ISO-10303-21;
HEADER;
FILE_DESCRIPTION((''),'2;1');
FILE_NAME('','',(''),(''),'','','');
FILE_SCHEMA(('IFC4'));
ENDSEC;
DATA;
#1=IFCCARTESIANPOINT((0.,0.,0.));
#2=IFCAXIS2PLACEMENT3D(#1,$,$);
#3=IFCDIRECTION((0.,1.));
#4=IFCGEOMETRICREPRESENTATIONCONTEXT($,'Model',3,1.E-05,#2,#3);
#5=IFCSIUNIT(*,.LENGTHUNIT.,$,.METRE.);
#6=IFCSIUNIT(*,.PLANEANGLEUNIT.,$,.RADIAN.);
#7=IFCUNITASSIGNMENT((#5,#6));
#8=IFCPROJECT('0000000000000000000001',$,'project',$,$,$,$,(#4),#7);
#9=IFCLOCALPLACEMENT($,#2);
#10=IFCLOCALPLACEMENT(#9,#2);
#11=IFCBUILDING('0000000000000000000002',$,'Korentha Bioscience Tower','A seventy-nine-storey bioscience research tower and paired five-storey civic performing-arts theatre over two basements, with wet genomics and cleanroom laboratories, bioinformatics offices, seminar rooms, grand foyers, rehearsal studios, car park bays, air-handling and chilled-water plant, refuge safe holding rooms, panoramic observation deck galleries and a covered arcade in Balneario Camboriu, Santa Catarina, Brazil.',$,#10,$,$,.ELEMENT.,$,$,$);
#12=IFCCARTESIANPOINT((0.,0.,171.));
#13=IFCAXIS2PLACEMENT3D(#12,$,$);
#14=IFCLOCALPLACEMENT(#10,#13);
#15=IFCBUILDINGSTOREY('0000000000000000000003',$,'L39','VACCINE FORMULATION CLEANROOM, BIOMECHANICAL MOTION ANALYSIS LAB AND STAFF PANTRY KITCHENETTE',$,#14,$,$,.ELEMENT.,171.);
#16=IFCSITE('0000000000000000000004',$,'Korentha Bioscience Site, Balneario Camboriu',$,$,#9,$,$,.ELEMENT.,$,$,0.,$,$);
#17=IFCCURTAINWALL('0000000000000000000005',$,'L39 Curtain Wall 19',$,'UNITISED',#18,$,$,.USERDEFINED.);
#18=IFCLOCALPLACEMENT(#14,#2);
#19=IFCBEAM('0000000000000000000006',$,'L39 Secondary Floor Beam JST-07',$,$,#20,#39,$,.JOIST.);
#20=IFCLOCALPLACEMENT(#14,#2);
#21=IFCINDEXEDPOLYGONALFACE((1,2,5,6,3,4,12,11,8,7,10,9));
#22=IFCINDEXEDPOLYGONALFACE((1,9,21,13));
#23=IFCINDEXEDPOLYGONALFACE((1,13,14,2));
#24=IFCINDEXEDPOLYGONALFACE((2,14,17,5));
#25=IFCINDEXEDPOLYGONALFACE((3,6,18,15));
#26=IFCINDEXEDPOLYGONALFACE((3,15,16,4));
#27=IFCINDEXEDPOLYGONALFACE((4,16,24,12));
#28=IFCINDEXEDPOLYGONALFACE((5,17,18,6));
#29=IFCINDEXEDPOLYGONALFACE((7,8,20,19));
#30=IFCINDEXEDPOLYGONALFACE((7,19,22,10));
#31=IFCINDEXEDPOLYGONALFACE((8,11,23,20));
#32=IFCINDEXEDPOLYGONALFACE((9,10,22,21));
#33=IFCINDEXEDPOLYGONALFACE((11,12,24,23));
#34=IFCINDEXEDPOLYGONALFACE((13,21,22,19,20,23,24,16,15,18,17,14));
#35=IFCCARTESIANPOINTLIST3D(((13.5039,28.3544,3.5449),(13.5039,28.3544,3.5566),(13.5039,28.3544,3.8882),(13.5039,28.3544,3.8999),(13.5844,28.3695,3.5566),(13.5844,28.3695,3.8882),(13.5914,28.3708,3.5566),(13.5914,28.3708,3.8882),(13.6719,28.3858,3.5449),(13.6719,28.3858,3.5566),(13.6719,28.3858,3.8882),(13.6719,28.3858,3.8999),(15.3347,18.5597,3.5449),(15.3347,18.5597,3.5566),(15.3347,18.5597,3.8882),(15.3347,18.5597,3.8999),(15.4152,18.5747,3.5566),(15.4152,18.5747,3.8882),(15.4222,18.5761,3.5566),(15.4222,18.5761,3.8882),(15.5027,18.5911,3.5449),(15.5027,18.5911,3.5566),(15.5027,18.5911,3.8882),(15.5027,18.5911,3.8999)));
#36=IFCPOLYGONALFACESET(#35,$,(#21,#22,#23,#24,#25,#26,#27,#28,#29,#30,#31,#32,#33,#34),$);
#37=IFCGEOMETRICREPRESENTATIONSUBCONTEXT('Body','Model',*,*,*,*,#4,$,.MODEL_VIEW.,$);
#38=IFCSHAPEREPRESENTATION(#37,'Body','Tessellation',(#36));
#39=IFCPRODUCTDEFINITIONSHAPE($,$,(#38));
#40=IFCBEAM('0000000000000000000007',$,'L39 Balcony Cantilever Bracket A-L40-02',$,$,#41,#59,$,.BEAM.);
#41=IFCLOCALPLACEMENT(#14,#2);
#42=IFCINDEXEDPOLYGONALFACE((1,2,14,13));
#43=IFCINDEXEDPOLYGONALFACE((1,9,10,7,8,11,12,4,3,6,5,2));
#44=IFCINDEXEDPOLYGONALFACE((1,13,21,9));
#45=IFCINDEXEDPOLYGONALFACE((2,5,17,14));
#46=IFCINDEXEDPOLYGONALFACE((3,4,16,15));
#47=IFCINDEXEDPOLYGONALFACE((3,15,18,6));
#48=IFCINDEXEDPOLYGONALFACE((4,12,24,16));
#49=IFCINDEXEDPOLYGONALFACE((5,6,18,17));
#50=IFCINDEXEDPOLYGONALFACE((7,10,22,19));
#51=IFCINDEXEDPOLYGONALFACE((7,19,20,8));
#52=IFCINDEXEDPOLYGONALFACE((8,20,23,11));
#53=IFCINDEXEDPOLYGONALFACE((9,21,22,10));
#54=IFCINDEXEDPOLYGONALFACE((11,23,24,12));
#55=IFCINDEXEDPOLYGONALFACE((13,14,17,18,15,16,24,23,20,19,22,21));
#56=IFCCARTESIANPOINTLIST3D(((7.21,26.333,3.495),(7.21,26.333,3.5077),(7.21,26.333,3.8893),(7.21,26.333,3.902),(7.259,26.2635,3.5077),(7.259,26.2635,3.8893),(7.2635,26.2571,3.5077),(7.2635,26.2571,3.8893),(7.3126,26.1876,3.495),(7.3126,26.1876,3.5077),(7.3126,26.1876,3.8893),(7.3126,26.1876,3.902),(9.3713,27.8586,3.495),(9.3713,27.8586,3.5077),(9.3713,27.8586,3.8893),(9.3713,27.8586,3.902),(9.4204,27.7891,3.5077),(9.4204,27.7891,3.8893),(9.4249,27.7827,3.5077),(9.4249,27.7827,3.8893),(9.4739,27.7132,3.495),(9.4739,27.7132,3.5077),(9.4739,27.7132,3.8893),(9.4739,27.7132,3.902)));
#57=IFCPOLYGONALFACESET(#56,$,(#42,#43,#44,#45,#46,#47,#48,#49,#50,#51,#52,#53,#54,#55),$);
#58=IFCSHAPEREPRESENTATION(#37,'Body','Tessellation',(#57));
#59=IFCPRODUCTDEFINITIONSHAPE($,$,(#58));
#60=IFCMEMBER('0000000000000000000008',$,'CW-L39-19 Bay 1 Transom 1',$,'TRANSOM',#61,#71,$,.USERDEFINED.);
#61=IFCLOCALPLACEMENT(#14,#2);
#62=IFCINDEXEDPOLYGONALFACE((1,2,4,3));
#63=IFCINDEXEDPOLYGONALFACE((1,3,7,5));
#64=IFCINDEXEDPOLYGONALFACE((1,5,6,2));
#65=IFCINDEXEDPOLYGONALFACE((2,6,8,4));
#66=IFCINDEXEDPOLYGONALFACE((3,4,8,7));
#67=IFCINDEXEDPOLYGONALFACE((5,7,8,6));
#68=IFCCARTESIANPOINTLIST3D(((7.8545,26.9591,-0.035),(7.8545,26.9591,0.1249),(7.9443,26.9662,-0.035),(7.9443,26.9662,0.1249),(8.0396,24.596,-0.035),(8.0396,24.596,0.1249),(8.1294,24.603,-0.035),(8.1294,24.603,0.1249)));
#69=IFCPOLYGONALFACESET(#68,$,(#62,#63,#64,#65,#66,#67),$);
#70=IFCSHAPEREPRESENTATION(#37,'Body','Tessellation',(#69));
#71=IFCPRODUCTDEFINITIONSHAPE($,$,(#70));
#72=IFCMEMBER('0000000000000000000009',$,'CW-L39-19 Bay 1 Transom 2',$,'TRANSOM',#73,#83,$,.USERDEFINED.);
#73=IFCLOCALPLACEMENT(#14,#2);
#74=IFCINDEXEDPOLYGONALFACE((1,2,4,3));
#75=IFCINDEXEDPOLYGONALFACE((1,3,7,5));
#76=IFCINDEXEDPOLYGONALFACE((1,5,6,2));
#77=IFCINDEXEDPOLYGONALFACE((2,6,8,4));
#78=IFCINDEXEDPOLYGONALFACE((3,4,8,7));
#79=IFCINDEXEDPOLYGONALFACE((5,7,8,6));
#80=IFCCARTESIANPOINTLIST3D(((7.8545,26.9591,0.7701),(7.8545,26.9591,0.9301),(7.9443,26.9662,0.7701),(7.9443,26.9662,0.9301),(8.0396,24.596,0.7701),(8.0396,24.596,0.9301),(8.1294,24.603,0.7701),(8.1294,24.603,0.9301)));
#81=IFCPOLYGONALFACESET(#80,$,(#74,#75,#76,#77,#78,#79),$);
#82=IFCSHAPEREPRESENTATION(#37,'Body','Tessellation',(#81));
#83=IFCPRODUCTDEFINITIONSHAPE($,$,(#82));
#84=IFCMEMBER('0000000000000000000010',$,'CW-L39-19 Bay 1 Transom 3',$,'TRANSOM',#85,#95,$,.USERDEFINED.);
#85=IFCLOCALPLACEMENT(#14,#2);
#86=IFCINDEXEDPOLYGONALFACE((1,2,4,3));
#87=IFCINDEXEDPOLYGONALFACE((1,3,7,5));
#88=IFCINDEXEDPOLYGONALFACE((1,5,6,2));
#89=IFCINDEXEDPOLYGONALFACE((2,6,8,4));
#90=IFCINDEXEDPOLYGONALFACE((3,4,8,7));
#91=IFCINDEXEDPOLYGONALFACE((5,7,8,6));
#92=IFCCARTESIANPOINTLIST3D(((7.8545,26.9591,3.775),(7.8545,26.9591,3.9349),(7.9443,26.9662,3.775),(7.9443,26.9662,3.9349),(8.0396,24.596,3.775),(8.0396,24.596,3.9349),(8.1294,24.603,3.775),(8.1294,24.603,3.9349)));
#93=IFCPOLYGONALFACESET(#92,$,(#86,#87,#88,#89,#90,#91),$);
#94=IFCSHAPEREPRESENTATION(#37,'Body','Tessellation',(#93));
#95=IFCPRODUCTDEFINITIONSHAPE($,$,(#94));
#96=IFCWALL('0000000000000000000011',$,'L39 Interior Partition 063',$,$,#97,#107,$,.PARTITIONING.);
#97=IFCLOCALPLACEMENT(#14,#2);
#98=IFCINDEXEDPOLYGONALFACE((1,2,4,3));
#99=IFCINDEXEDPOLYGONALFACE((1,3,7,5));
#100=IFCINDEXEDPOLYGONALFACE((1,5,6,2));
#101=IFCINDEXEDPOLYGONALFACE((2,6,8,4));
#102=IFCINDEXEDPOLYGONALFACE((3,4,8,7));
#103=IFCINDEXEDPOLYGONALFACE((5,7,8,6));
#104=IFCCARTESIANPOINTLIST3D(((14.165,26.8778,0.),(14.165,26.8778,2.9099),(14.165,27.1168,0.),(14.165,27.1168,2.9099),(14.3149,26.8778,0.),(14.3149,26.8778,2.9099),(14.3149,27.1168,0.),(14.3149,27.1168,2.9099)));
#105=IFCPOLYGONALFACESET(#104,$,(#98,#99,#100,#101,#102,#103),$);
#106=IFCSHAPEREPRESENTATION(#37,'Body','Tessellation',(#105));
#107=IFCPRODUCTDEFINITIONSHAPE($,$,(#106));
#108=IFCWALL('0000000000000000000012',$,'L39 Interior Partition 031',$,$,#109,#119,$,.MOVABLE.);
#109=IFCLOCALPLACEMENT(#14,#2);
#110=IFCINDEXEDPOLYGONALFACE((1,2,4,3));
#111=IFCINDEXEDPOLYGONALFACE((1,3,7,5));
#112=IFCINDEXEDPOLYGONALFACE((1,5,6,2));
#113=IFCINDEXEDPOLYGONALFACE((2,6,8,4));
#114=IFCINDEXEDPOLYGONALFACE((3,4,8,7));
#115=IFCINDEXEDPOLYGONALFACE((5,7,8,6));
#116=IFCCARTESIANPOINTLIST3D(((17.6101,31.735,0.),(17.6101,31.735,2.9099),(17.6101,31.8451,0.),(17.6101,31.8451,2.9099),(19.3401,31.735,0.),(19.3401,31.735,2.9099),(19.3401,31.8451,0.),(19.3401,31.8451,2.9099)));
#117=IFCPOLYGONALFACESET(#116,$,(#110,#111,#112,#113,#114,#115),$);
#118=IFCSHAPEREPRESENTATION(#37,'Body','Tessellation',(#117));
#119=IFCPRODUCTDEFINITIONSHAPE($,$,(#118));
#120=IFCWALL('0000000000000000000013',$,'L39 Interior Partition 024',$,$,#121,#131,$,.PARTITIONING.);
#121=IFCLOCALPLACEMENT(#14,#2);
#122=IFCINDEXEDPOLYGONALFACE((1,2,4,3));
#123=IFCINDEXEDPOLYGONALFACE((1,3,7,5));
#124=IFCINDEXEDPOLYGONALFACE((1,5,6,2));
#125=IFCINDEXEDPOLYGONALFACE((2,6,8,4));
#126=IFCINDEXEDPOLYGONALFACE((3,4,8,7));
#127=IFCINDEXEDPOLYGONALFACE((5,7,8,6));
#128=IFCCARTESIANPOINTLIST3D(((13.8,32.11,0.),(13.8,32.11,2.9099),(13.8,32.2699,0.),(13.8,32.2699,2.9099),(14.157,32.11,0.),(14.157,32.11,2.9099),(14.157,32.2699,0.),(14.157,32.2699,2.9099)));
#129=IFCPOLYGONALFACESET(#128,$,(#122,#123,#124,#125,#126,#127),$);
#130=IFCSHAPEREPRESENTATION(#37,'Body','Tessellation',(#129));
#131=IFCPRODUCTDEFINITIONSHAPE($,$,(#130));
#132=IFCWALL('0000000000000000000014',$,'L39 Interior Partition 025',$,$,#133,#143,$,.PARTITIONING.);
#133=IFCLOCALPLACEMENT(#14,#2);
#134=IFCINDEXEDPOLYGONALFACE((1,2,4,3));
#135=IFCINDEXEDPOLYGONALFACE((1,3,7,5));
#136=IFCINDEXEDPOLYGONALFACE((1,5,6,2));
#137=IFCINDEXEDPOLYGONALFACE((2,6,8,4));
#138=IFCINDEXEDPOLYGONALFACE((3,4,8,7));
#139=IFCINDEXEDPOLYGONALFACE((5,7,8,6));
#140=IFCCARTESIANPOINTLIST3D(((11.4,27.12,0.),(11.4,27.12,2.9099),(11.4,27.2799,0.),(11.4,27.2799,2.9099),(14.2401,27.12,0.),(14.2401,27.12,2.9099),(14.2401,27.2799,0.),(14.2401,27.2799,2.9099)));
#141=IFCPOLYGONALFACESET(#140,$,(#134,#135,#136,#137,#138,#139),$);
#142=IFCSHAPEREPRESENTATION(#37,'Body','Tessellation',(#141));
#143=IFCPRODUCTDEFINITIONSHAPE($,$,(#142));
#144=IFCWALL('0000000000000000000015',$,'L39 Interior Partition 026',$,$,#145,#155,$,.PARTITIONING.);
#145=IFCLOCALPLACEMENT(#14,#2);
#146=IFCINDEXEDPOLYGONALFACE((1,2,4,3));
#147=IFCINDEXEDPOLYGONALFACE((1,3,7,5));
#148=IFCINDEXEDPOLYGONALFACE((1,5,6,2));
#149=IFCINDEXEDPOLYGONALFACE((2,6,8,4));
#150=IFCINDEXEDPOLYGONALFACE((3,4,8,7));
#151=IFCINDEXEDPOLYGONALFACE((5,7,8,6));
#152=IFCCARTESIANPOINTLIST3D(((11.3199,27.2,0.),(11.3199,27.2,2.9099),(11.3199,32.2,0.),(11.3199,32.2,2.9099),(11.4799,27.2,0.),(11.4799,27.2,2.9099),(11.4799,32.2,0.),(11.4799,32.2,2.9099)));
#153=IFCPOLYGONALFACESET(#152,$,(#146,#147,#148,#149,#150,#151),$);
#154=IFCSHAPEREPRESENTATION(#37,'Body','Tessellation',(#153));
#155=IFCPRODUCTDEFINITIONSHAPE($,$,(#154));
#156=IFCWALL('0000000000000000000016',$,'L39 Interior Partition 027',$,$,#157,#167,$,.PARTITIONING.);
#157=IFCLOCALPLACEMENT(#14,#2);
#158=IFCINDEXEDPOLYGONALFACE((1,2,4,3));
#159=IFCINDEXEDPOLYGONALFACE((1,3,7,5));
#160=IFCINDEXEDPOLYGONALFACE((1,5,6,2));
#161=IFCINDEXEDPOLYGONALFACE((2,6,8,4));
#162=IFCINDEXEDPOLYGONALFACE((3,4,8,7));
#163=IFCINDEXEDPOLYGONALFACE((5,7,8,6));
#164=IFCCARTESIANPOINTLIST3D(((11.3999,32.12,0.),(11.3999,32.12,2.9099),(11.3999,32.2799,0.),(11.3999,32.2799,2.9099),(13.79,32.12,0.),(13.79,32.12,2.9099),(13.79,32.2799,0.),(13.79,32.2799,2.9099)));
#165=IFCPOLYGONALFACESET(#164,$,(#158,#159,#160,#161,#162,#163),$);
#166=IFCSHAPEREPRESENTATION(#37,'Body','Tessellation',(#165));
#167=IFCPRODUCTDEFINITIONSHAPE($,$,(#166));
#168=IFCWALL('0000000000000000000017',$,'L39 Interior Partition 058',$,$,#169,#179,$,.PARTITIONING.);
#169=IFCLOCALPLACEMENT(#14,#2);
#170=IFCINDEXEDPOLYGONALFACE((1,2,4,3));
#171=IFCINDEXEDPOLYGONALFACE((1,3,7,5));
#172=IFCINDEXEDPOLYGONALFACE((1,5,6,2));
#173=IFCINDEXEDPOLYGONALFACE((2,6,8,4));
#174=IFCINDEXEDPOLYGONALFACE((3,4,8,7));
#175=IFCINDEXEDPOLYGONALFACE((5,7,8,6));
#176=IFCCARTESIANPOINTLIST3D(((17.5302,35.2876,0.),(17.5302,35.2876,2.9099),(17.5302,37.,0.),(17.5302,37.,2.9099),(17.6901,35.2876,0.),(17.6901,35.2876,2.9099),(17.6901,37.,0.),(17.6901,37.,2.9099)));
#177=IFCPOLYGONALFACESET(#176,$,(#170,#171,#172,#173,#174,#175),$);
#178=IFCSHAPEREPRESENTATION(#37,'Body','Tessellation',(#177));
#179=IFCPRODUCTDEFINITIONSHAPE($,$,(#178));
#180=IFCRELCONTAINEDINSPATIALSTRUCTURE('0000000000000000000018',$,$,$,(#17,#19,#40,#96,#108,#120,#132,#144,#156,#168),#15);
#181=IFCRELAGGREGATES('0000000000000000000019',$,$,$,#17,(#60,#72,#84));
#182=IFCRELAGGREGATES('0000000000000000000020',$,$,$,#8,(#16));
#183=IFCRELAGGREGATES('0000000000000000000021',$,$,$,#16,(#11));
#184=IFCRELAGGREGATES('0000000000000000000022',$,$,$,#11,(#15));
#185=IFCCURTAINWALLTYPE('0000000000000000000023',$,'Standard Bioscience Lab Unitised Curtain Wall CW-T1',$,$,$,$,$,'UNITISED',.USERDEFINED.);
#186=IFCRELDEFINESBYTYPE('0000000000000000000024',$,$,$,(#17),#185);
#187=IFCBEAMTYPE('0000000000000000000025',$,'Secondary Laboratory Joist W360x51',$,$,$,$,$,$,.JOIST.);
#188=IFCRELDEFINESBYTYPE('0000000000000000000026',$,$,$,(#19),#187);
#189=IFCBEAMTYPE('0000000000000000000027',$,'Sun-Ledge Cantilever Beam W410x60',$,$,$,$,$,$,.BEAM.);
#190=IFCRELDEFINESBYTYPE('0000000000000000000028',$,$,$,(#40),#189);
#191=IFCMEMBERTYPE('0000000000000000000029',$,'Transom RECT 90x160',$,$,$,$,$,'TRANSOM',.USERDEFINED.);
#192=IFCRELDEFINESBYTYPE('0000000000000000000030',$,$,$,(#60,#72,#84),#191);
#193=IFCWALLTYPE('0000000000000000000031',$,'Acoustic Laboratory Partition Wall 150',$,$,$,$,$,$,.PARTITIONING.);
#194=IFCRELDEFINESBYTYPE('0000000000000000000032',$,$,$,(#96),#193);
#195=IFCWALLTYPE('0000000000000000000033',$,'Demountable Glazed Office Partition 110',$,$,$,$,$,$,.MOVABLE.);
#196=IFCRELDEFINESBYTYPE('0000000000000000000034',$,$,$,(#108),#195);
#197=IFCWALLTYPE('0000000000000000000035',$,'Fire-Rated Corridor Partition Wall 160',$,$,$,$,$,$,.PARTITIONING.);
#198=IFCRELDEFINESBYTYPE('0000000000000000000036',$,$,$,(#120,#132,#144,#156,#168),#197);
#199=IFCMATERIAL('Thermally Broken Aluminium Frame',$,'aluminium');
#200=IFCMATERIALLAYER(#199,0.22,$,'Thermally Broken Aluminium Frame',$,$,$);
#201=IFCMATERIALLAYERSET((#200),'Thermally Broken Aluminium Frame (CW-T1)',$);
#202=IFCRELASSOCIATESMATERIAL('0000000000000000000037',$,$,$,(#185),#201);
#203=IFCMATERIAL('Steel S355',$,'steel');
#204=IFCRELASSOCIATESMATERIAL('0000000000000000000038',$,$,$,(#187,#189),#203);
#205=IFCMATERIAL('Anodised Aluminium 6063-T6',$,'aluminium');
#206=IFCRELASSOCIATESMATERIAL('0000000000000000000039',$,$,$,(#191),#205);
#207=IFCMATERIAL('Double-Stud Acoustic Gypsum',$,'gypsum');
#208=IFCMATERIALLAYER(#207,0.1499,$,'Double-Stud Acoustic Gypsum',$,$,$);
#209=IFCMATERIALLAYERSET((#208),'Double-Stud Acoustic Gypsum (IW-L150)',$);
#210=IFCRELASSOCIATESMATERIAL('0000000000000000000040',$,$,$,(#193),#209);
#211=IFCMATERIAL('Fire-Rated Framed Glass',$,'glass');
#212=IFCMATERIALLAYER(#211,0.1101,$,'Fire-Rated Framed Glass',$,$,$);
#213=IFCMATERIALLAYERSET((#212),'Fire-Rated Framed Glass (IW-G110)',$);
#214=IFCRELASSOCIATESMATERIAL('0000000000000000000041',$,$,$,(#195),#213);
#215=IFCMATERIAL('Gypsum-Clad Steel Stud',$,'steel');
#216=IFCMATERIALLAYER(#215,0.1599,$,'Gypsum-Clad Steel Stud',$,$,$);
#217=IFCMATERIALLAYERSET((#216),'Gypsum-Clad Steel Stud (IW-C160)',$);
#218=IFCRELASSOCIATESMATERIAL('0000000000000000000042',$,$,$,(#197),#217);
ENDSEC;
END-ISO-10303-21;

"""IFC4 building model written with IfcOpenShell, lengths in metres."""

from ifc_helpers import new_model, si_unit, direction, frame, frame_2d, origin, origin_2d, place, context, subcontext, project, spatial, rectangle, i_section, extrude, material, layer, layer_set, material_profile, profile_set, type_object, element, aggregate, save


model = new_model("IFC4")

# Units and contexts
model_context = context("Model", 3, precision=1e-05, world=origin(), true_north=direction((0.0, 1.0)))
body_context = subcontext(model_context, "Body", "Model", "MODEL_VIEW")
ifc_project = project(units=[si_unit("LENGTHUNIT", "METRE"), si_unit("PLANEANGLEUNIT", "RADIAN")], contexts=[model_context])

# Site, building, storey
site_placement = place(None, origin())
site = spatial("IfcSite", under=ifc_project, at=site_placement, Name="Korentha Bioscience Site, Balneario Camboriu", CompositionType="ELEMENT", RefElevation=0.0)
building_placement = place(site_placement, origin())
building = spatial("IfcBuilding", under=site, at=building_placement, Name="Korentha Bioscience Tower", Description="A seventy-nine-storey bioscience research tower and paired five-storey civic performing-arts theatre over two basements, with wet genomics and cleanroom laboratories, bioinformatics offices, seminar rooms, grand foyers, rehearsal studios, car park bays, air-handling and chilled-water plant, refuge safe holding rooms, panoramic observation deck galleries and a covered arcade in Balneario Camboriu, Santa Catarina, Brazil.", CompositionType="ELEMENT")
storey_placement = place(building_placement, frame((0.0, 0.0, 171.0)))
storey = spatial("IfcBuildingStorey", under=building, at=storey_placement, Name="L39", Description="VACCINE FORMULATION CLEANROOM, BIOMECHANICAL MOTION ANALYSIS LAB AND STAFF PANTRY KITCHENETTE", CompositionType="ELEMENT", Elevation=171.0)

# Curtain wall
ifc_material_1 = material(Name="Thermally Broken Aluminium Frame", Category="aluminium")
ifc_layer_1 = layer(ifc_material_1, 0.22, Name="Thermally Broken Aluminium Frame")
ifc_layer_set_1 = layer_set([ifc_layer_1], Name="Thermally Broken Aluminium Frame (CW-T1)")
curtain_wall_type = type_object("IfcCurtainWallType", Name="Standard Bioscience Lab Unitised Curtain Wall CW-T1", ElementType="UNITISED", PredefinedType="USERDEFINED", material=ifc_layer_set_1)
curtain_wall_placement = place(storey_placement, origin())
curtain_wall = element("IfcCurtainWall", 1, at=curtain_wall_placement, inside=storey, type_object=curtain_wall_type, Name="L39 Curtain Wall 19", ObjectType="UNITISED", PredefinedType="USERDEFINED")
ifc_material_2 = material(Name="Anodised Aluminium 6063-T6", Category="aluminium")

# Beams
ifc_material_3 = material(Name="Steel S355", Category="steel")
ifc_material_profile_1 = material_profile(ifc_material_3, i_section(OverallWidth=0.1709, OverallDepth=0.355, WebThickness=0.0071, FlangeThickness=0.0117, at=origin_2d()), Name="Steel S355")
ifc_profile_set_1 = profile_set([ifc_material_profile_1], Name="Steel S355 (JB-360)")
beam_type_1 = type_object("IfcBeamType", Name="Secondary Laboratory Joist W360x51", PredefinedType="JOIST", material=ifc_profile_set_1)
beam_1_placement = place(storey_placement, frame((13.5879, 28.3701, 3.7224), z_axis=(0.183737, -0.982975, 0.0), x_axis=(0.982975, 0.183737, 0.0)))
element("IfcBeam", 2, at=beam_1_placement, inside=storey, type_object=beam_type_1, Name="L39 Secondary Floor Beam JST-07", PredefinedType="JOIST", context=body_context, shape_type="SweptSolid", body=[
    extrude(i_section(OverallWidth=0.1709, OverallDepth=0.355, WebThickness=0.0071, FlangeThickness=0.0117, at=origin_2d()), origin(), (0.0, 0.0, 1.0), 9.9644),
])
ifc_material_profile_2 = material_profile(ifc_material_3, i_section(OverallWidth=0.178, OverallDepth=0.407, WebThickness=0.0078, FlangeThickness=0.0127, at=origin_2d()), Name="Steel S355")
ifc_profile_set_2 = profile_set([ifc_material_profile_2], Name="Steel S355 (CB-410)")
beam_type_2 = type_object("IfcBeamType", Name="Sun-Ledge Cantilever Beam W410x60", PredefinedType="BEAM", material=ifc_profile_set_2)
beam_2_placement = place(storey_placement, frame((9.4226, 27.7859, 3.6985), z_axis=(-0.816976, -0.576672, 0.0), x_axis=(0.576672, -0.816976, 0.0)))
element("IfcBeam", 3, at=beam_2_placement, inside=storey, type_object=beam_type_2, Name="L39 Balcony Cantilever Bracket A-L40-02", PredefinedType="BEAM", context=body_context, shape_type="SweptSolid", body=[
    extrude(i_section(OverallWidth=0.178, OverallDepth=0.407, WebThickness=0.0078, FlangeThickness=0.0127, at=origin_2d()), origin(), (0.0, 0.0, 1.0), 2.6455),
])

# Members
ifc_material_profile_3 = material_profile(ifc_material_2, rectangle(XDim=0.0901, YDim=0.1599, at=origin_2d()), Name="Anodised Aluminium 6063-T6")
ifc_profile_set_3 = profile_set([ifc_material_profile_3], Name="Anodised Aluminium 6063-T6 (CW-TRN)")
member_type_1 = type_object("IfcMemberType", Name="Transom RECT 90x160", ElementType="TRANSOM", PredefinedType="USERDEFINED", material=ifc_profile_set_3)
member_1_placement = place(storey_placement, frame((7.8994, 26.9626, 0.0449), z_axis=(0.078075, -0.996948, 0.0), x_axis=(0.996948, 0.078075, 0.0)))
member_1 = element("IfcMember", 4, at=member_1_placement, type_object=member_type_1, Name="CW-L39-19 Bay 1 Transom 1", ObjectType="TRANSOM", PredefinedType="USERDEFINED", context=body_context, shape_type="SweptSolid", body=[
    extrude(rectangle(XDim=0.0901, YDim=0.1599, at=origin_2d()), origin(), (0.0, 0.0, 1.0), 2.3704),
])
member_2_placement = place(storey_placement, frame((7.8994, 26.9626, 0.8501), z_axis=(0.078075, -0.996948, 0.0), x_axis=(0.996948, 0.078075, 0.0)))
member_2 = element("IfcMember", 5, at=member_2_placement, type_object=member_type_1, Name="CW-L39-19 Bay 1 Transom 2", ObjectType="TRANSOM", PredefinedType="USERDEFINED", context=body_context, shape_type="SweptSolid", body=[
    extrude(rectangle(XDim=0.0901, YDim=0.1599, at=origin_2d()), origin(), (0.0, 0.0, 1.0), 2.3704),
])
member_3_placement = place(storey_placement, frame((7.8994, 26.9626, 3.855), z_axis=(0.078075, -0.996948, 0.0), x_axis=(0.996948, 0.078075, 0.0)))
member_3 = element("IfcMember", 6, at=member_3_placement, type_object=member_type_1, Name="CW-L39-19 Bay 1 Transom 3", ObjectType="TRANSOM", PredefinedType="USERDEFINED", context=body_context, shape_type="SweptSolid", body=[
    extrude(rectangle(XDim=0.0901, YDim=0.1599, at=origin_2d()), origin(), (0.0, 0.0, 1.0), 2.3704),
])
aggregate(curtain_wall, [member_1, member_2, member_3])

# Walls
ifc_material_4 = material(Name="Double-Stud Acoustic Gypsum", Category="gypsum")
ifc_layer_2 = layer(ifc_material_4, 0.1499, Name="Double-Stud Acoustic Gypsum")
ifc_layer_set_2 = layer_set([ifc_layer_2], Name="Double-Stud Acoustic Gypsum (IW-L150)")
wall_type_1 = type_object("IfcWallType", Name="Acoustic Laboratory Partition Wall 150", PredefinedType="PARTITIONING", material=ifc_layer_set_2)
wall_1_placement = place(storey_placement, frame((14.24, 27.1169, 0.0), z_axis=(0.0, 0.0, 1.0), x_axis=(0.0, -1.0, 0.0)))
element("IfcWall", 7, at=wall_1_placement, inside=storey, type_object=wall_type_1, Name="L39 Interior Partition 063", PredefinedType="PARTITIONING", context=body_context, shape_type="SweptSolid", body=[
    extrude(rectangle(XDim=0.239, YDim=0.1499, at=frame_2d((0.1196, 0.0))), origin(), (0.0, 0.0, 1.0), 2.9099),
])
ifc_material_5 = material(Name="Fire-Rated Framed Glass", Category="glass")
ifc_layer_3 = layer(ifc_material_5, 0.1101, Name="Fire-Rated Framed Glass")
ifc_layer_set_3 = layer_set([ifc_layer_3], Name="Fire-Rated Framed Glass (IW-G110)")
wall_type_2 = type_object("IfcWallType", Name="Demountable Glazed Office Partition 110", PredefinedType="MOVABLE", material=ifc_layer_set_3)
wall_2_placement = place(storey_placement, frame((17.6101, 31.79, 0.0), z_axis=(0.0, 0.0, 1.0), x_axis=(1.0, 0.0, 0.0)))
element("IfcWall", 8, at=wall_2_placement, inside=storey, type_object=wall_type_2, Name="L39 Interior Partition 031", PredefinedType="MOVABLE", context=body_context, shape_type="SweptSolid", body=[
    extrude(rectangle(XDim=1.73, YDim=0.1101, at=frame_2d((0.865, 0.0))), origin(), (0.0, 0.0, 1.0), 2.9099),
])

# Shared definitions
ifc_material_6 = material(Name="Gypsum-Clad Steel Stud", Category="steel")
ifc_layer_4 = layer(ifc_material_6, 0.1599, Name="Gypsum-Clad Steel Stud")
ifc_layer_set_4 = layer_set([ifc_layer_4], Name="Gypsum-Clad Steel Stud (IW-C160)")
wall_type_3 = type_object("IfcWallType", Name="Fire-Rated Corridor Partition Wall 160", PredefinedType="PARTITIONING", material=ifc_layer_set_4)

# Walls
wall_3_placement = place(storey_placement, frame((13.8, 32.1899, 0.0), z_axis=(0.0, 0.0, 1.0), x_axis=(1.0, 0.0, 0.0)))
element("IfcWall", 9, at=wall_3_placement, inside=storey, type_object=wall_type_3, Name="L39 Interior Partition 024", PredefinedType="PARTITIONING", context=body_context, shape_type="SweptSolid", body=[
    extrude(rectangle(XDim=0.3569, YDim=0.1599, at=frame_2d((0.1785, 0.0))), origin(), (0.0, 0.0, 1.0), 2.9099),
])
wall_4_placement = place(storey_placement, frame((14.24, 27.2, 0.0), z_axis=(0.0, 0.0, 1.0), x_axis=(-1.0, 0.0, 0.0)))
element("IfcWall", 10, at=wall_4_placement, inside=storey, type_object=wall_type_3, Name="L39 Interior Partition 025", PredefinedType="PARTITIONING", context=body_context, shape_type="SweptSolid", body=[
    extrude(rectangle(XDim=2.8401, YDim=0.1599, at=frame_2d((1.4199, 0.0))), origin(), (0.0, 0.0, 1.0), 2.9099),
])
wall_5_placement = place(storey_placement, frame((11.3999, 27.2, 0.0), z_axis=(0.0, 0.0, 1.0), x_axis=(0.0, 1.0, 0.0)))
element("IfcWall", 11, at=wall_5_placement, inside=storey, type_object=wall_type_3, Name="L39 Interior Partition 026", PredefinedType="PARTITIONING", context=body_context, shape_type="SweptSolid", body=[
    extrude(rectangle(XDim=5.0, YDim=0.1599, at=frame_2d((2.5, 0.0))), origin(), (0.0, 0.0, 1.0), 2.9099),
])
wall_6_placement = place(storey_placement, frame((11.3999, 32.2, 0.0), z_axis=(0.0, 0.0, 1.0), x_axis=(1.0, 0.0, 0.0)))
element("IfcWall", 12, at=wall_6_placement, inside=storey, type_object=wall_type_3, Name="L39 Interior Partition 027", PredefinedType="PARTITIONING", context=body_context, shape_type="SweptSolid", body=[
    extrude(rectangle(XDim=2.3901, YDim=0.1599, at=frame_2d((1.1951, 0.0))), origin(), (0.0, 0.0, 1.0), 2.9099),
])
wall_7_placement = place(storey_placement, frame((17.6101, 35.2876, 0.0), z_axis=(0.0, 0.0, 1.0), x_axis=(0.0, 1.0, 0.0)))
element("IfcWall", 13, at=wall_7_placement, inside=storey, type_object=wall_type_3, Name="L39 Interior Partition 058", PredefinedType="PARTITIONING", context=body_context, shape_type="SweptSolid", body=[
    extrude(rectangle(XDim=1.7124, YDim=0.1599, at=frame_2d((0.8562, 0.0))), origin(), (0.0, 0.0, 1.0), 2.9099),
])

save(model, "model.ifc")
